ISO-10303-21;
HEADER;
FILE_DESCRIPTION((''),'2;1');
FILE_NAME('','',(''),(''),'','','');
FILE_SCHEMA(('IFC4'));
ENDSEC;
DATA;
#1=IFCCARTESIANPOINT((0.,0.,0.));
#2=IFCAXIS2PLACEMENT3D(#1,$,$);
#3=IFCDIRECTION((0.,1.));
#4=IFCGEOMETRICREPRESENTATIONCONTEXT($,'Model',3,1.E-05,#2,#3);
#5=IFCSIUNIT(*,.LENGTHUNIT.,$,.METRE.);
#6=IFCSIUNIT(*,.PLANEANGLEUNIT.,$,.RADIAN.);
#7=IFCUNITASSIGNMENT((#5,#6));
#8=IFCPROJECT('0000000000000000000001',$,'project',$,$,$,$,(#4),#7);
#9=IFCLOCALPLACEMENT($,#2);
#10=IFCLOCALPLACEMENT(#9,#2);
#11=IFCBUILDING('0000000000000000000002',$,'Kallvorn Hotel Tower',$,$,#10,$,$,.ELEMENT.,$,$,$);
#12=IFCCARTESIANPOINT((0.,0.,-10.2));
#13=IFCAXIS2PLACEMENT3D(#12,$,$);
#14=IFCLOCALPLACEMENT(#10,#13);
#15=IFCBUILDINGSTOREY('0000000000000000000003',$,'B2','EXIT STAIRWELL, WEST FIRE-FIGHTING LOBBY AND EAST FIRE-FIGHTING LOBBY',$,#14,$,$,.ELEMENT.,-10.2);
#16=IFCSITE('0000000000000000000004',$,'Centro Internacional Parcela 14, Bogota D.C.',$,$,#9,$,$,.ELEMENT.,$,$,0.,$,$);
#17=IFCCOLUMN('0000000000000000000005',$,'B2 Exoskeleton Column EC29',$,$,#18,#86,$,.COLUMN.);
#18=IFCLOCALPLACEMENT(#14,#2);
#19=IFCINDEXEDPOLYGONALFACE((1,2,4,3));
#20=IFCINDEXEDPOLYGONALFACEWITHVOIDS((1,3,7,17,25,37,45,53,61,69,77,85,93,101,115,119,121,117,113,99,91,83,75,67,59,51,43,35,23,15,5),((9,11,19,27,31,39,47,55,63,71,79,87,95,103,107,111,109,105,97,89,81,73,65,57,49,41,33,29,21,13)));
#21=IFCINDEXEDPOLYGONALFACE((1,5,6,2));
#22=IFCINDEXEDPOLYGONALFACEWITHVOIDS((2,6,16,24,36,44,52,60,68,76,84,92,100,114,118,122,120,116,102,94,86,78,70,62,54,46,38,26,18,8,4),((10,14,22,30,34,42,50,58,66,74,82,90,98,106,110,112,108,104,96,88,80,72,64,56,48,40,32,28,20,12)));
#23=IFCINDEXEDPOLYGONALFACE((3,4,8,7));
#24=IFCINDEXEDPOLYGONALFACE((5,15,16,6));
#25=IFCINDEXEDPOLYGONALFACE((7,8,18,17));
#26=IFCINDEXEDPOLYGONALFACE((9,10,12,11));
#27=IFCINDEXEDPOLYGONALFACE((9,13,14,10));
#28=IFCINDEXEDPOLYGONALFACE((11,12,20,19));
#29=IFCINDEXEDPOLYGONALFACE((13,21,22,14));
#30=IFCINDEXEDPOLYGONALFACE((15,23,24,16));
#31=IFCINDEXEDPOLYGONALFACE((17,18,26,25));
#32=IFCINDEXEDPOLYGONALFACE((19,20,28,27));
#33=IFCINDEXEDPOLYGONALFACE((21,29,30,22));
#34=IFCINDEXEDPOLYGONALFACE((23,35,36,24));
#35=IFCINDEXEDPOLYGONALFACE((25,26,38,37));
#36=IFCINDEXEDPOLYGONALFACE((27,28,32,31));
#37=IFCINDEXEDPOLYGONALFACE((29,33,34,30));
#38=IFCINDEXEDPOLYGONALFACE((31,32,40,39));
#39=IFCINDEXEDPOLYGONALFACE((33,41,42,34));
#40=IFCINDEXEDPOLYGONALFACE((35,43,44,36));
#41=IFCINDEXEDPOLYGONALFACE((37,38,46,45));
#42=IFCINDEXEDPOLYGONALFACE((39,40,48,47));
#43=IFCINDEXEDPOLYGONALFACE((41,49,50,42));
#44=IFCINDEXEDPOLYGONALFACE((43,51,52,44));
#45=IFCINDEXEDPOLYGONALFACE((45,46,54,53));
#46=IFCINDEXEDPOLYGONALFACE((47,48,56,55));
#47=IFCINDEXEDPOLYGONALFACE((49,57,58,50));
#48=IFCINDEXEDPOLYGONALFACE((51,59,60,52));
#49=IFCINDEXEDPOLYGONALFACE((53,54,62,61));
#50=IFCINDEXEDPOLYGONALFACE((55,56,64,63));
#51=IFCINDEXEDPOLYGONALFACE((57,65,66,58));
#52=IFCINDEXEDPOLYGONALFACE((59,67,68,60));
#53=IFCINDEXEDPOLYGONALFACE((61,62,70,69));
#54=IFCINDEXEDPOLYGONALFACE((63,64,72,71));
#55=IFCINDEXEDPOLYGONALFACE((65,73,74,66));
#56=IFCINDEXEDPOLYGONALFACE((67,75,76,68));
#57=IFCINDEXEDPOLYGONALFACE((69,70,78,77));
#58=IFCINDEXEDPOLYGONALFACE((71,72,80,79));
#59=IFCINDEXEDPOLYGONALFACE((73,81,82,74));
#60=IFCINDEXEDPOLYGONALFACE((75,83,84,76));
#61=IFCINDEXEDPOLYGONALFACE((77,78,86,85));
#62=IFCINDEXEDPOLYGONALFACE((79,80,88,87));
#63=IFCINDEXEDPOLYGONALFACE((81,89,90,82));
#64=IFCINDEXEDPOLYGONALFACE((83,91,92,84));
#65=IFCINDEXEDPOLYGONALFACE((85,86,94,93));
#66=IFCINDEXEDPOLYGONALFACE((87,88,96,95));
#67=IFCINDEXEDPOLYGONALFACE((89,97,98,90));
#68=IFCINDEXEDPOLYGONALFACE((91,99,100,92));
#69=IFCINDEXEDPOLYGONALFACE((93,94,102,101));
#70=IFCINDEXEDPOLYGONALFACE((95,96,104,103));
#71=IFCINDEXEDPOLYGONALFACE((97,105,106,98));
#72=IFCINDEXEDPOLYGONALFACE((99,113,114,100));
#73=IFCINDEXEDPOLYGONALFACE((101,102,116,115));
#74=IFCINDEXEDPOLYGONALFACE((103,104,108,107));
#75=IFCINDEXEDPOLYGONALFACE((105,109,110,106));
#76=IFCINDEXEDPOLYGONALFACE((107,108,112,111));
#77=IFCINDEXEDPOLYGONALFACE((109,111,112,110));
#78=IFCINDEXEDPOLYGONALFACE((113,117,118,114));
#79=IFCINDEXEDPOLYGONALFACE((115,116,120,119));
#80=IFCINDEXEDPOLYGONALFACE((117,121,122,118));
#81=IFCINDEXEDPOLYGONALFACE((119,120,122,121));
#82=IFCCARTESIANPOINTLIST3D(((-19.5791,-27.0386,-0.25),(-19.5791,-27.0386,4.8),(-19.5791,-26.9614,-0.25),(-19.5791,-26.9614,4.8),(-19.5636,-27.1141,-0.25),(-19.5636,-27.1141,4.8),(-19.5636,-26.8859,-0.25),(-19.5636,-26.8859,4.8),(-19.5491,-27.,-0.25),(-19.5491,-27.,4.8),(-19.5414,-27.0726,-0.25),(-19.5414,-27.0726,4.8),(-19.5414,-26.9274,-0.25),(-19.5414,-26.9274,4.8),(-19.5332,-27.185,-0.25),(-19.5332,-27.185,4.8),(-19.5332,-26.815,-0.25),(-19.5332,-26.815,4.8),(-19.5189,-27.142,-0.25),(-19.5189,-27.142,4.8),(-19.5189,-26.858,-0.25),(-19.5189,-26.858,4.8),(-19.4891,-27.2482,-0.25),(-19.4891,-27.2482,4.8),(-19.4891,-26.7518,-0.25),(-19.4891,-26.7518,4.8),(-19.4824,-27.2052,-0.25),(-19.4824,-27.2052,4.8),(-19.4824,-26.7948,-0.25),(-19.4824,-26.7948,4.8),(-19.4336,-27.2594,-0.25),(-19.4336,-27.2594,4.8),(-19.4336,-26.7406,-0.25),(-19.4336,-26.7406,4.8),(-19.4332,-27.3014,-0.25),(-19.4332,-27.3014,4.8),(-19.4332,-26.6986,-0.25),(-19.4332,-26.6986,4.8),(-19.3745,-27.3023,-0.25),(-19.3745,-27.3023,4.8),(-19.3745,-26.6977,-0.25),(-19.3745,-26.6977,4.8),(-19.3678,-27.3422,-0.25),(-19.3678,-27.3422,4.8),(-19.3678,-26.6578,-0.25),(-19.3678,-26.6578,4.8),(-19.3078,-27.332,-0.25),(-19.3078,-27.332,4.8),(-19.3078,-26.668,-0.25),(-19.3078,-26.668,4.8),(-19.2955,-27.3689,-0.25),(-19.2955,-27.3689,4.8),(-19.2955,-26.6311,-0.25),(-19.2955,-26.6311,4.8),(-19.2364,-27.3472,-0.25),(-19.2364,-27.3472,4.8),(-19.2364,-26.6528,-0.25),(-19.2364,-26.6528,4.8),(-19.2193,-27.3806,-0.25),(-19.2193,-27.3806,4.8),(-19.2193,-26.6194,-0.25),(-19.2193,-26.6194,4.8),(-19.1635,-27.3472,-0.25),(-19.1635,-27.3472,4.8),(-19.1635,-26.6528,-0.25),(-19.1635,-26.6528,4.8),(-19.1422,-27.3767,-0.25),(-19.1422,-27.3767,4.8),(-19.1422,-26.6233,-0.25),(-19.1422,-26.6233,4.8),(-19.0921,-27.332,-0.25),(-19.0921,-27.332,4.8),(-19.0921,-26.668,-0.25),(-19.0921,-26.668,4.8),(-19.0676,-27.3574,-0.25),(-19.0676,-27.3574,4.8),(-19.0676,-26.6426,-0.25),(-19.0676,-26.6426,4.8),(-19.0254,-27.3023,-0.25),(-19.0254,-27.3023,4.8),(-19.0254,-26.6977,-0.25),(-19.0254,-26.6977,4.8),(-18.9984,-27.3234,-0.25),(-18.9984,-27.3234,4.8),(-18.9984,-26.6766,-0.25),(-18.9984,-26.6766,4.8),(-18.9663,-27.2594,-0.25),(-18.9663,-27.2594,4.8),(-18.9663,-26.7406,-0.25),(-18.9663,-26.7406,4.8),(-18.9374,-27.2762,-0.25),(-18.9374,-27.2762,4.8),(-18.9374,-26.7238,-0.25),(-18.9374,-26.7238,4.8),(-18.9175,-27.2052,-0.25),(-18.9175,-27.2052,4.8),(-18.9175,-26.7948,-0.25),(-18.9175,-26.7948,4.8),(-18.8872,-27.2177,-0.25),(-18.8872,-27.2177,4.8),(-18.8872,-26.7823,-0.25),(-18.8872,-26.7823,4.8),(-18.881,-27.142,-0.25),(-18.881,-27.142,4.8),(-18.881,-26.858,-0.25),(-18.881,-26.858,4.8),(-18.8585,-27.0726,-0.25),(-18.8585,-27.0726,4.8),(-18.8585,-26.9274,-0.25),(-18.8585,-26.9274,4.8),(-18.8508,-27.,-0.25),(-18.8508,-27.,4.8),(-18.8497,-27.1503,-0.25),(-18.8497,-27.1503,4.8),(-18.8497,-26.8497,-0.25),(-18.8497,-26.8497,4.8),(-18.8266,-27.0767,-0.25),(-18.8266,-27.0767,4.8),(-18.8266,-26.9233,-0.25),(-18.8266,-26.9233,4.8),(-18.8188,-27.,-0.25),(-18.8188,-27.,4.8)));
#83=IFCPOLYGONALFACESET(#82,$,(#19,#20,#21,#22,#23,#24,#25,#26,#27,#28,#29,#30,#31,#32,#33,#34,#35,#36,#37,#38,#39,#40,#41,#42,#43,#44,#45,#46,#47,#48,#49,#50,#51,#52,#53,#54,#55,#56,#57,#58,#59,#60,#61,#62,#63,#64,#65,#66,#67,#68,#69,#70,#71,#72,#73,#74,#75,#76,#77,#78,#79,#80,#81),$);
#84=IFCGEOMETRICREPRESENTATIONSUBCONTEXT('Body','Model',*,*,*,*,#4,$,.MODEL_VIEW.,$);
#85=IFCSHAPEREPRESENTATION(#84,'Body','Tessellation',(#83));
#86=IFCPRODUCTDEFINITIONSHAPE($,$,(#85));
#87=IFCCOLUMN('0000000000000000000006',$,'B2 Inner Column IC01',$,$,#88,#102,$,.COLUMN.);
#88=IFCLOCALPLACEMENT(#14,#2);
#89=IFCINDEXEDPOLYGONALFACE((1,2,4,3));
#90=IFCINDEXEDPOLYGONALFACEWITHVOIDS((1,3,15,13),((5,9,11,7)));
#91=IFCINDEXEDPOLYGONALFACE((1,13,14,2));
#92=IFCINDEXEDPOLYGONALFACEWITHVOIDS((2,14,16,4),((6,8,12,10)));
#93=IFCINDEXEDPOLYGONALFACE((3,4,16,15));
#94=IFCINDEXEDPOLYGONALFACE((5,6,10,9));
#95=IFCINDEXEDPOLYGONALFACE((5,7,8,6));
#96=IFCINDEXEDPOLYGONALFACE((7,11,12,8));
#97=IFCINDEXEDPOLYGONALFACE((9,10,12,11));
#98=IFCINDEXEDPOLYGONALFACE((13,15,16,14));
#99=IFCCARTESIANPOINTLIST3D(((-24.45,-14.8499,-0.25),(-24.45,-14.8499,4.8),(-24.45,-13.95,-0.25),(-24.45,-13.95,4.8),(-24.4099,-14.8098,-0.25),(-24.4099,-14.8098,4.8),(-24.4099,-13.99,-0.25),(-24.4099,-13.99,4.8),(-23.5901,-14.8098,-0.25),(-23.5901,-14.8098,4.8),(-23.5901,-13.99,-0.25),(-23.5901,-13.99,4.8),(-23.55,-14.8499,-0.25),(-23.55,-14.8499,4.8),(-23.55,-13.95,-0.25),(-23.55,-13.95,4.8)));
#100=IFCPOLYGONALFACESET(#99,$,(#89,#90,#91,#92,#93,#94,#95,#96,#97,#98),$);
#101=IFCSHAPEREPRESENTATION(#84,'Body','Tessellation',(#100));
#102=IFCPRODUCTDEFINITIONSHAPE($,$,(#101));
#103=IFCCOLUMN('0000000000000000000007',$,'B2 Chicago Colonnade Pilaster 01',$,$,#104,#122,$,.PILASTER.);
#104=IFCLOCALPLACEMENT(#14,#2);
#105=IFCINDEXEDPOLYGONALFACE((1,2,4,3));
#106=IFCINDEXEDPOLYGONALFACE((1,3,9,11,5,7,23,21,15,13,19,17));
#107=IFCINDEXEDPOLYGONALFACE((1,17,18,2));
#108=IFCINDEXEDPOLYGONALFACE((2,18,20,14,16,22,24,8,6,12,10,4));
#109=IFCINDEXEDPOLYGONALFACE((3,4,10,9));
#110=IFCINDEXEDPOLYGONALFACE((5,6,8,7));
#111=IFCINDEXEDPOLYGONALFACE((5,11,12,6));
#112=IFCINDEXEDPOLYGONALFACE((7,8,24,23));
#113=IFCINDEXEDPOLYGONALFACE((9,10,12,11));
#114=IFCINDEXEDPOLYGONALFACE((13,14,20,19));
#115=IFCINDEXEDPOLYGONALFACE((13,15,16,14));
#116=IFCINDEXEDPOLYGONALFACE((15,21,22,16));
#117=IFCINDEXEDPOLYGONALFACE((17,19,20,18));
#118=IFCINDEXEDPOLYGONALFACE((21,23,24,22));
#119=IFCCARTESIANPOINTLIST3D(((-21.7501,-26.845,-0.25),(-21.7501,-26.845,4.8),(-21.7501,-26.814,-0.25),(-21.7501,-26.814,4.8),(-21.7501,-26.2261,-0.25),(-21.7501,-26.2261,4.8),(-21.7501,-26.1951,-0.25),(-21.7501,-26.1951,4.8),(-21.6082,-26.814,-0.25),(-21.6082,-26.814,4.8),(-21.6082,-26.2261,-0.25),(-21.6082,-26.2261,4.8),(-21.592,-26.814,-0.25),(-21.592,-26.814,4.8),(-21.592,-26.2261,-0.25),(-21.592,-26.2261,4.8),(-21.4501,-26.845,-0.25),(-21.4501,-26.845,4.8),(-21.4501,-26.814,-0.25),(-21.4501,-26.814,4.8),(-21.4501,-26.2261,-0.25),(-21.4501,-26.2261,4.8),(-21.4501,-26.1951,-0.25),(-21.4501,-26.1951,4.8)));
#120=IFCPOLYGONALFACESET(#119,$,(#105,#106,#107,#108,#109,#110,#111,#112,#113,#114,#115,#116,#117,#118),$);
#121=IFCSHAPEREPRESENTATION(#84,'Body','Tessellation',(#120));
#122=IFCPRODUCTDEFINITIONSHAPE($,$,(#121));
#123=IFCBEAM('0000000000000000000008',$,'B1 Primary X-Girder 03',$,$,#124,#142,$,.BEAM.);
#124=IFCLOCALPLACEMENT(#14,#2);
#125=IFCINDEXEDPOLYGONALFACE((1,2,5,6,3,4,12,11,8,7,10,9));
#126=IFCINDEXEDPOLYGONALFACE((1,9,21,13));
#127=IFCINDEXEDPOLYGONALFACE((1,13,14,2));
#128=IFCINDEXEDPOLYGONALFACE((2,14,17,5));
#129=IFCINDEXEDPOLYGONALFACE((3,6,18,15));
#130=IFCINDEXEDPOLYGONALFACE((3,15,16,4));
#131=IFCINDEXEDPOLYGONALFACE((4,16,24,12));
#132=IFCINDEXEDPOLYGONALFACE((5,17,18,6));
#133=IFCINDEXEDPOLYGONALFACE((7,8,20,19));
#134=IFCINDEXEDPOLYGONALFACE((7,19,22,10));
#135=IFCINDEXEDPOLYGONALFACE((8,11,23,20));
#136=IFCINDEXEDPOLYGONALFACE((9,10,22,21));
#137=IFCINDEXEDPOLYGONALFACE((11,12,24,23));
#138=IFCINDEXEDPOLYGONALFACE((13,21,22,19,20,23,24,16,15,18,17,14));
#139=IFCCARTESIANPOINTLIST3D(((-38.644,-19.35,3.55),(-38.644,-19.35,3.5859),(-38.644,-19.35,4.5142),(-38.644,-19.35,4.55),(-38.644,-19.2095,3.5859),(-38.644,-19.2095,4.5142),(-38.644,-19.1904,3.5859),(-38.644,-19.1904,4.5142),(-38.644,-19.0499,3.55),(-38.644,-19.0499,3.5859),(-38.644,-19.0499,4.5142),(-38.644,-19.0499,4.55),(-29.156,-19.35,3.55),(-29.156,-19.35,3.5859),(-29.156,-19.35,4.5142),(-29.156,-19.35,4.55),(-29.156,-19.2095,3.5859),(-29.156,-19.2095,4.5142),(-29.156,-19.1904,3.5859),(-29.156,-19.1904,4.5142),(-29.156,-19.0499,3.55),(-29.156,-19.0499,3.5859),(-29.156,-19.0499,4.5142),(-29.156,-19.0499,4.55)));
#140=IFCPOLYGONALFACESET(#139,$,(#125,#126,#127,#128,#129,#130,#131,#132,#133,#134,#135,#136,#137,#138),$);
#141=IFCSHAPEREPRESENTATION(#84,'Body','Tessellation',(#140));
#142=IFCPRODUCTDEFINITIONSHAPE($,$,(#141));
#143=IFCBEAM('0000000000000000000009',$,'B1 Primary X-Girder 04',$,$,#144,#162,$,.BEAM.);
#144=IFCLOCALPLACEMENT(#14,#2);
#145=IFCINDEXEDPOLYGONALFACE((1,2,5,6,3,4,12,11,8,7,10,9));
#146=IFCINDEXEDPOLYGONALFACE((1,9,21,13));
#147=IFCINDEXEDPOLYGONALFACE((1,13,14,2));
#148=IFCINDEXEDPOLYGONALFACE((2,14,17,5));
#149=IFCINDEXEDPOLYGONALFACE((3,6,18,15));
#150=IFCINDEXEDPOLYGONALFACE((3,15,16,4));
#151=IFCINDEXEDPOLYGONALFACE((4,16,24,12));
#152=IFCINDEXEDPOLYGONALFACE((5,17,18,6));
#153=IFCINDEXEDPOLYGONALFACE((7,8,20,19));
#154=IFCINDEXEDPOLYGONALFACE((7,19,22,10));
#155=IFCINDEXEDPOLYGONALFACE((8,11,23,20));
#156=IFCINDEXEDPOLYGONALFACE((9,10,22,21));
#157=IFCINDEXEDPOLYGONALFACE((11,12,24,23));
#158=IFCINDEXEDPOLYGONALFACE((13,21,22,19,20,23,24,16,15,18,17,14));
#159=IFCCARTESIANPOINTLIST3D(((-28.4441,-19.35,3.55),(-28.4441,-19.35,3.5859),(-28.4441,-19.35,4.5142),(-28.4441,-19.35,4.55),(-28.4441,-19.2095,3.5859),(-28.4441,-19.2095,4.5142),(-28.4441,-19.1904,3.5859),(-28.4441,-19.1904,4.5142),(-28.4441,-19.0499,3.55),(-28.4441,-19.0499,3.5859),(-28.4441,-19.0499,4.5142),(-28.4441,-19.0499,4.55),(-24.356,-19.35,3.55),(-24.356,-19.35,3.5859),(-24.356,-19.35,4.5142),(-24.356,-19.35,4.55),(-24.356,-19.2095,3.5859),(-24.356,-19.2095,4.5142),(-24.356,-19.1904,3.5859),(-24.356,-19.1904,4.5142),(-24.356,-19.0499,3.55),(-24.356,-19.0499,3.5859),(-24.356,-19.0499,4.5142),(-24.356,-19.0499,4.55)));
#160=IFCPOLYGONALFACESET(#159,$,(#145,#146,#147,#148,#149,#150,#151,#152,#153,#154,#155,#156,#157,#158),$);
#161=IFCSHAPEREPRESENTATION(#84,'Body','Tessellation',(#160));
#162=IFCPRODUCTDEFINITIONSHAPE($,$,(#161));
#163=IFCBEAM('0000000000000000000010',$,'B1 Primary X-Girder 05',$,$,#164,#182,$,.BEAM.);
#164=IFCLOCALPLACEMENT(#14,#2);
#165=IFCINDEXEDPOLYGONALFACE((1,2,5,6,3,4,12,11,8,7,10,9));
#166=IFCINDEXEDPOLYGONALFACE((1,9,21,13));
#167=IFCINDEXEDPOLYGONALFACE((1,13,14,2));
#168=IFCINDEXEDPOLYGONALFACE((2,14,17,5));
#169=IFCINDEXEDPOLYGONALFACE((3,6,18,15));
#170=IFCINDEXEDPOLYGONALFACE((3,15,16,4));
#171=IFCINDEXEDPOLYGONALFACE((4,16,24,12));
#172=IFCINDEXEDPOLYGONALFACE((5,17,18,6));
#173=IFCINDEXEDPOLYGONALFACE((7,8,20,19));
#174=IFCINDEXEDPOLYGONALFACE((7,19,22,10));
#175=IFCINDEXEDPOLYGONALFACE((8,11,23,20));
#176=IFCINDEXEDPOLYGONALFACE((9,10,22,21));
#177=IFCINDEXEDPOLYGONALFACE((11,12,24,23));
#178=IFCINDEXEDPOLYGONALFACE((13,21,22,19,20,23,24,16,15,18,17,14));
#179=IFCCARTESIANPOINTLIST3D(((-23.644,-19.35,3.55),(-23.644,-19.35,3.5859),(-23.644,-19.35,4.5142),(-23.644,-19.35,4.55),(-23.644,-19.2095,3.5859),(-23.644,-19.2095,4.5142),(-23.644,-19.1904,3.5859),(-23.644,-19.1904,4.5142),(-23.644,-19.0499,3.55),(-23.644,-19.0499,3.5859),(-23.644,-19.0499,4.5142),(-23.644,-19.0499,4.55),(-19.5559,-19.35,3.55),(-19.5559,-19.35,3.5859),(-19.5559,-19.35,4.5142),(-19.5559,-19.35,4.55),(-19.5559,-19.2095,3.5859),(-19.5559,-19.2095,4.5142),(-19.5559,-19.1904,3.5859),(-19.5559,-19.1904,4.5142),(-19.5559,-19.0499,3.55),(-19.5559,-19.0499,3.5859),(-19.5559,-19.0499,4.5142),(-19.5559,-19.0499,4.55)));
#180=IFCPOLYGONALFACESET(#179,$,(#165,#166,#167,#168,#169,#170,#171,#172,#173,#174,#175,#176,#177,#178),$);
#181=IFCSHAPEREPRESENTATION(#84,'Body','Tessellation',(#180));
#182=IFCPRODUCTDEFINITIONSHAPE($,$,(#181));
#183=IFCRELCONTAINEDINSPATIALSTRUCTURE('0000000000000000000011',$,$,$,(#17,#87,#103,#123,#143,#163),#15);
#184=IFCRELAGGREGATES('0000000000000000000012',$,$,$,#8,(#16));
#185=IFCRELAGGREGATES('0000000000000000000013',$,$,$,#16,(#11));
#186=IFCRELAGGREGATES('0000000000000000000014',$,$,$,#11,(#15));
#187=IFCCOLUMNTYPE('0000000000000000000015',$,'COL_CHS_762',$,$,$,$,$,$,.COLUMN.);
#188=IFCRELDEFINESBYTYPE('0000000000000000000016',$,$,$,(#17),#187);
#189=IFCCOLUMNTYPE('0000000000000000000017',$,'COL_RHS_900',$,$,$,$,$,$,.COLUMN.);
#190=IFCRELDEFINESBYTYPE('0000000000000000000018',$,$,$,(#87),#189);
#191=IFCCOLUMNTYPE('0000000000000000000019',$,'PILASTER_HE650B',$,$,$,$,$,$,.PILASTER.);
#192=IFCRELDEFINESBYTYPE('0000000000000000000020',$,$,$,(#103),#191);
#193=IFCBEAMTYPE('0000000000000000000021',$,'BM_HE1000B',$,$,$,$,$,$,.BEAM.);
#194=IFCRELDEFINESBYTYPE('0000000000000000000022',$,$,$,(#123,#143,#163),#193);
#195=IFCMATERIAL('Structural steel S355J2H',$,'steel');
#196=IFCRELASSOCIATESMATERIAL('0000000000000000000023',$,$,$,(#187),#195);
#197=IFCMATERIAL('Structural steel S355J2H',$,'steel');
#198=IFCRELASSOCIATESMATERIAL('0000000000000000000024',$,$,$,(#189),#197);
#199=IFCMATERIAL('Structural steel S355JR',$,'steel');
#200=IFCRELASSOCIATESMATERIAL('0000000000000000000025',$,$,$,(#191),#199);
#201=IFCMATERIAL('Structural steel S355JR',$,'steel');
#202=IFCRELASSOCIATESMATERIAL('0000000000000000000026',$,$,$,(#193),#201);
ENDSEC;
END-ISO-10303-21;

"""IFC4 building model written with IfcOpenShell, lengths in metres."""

from ifc_helpers import new_model, si_unit, direction, frame, origin, origin_2d, place, context, subcontext, project, spatial, hollow_rectangle, hollow_circle, i_section, extrude, material, material_profile, profile_set, type_object, element, save


model = new_model("IFC4")

# Units and contexts
model_context = context("Model", 3, precision=1e-05, world=origin(), true_north=direction((0.0, 1.0)))
body_context = subcontext(model_context, "Body", "Model", "MODEL_VIEW")
ifc_project = project(units=[si_unit("LENGTHUNIT", "METRE"), si_unit("PLANEANGLEUNIT", "RADIAN")], contexts=[model_context])

# Site, building, storey
site_placement = place(None, origin())
site = spatial("IfcSite", under=ifc_project, at=site_placement, Name="Centro Internacional Parcela 14, Bogota D.C.", CompositionType="ELEMENT", RefElevation=0.0)
building_placement = place(site_placement, origin())
building = spatial("IfcBuilding", under=site, at=building_placement, Name="Kallvorn Hotel Tower", CompositionType="ELEMENT")
storey_placement = place(building_placement, frame((0.0, 0.0, -10.2)))
storey = spatial("IfcBuildingStorey", under=building, at=storey_placement, Name="B2", Description="EXIT STAIRWELL, WEST FIRE-FIGHTING LOBBY AND EAST FIRE-FIGHTING LOBBY", CompositionType="ELEMENT", Elevation=-10.2)

# Columns
ifc_material_1 = material(Name="Structural steel S355J2H", Category="steel")
ifc_material_profile_1 = material_profile(ifc_material_1, hollow_circle(Radius=0.3811, WallThickness=0.032, at=origin_2d()), Name="CHS 762x32")
ifc_profile_set_1 = profile_set([ifc_material_profile_1], Name="Structural steel S355J2H")
column_type_1 = type_object("IfcColumnType", Name="COL_CHS_762", PredefinedType="COLUMN", material=ifc_profile_set_1)
for number, where, z_axis, x_axis, name in (
    (1, (-19.2, -27.0, -0.25), (0.0, 0.0, 1.0), (1.0, 0.0, 0.0), "B2 Exoskeleton Column EC29"),
):
    element("IfcColumn", number, at=place(storey_placement, frame(where, z_axis=z_axis, x_axis=x_axis)), inside=storey, type_object=column_type_1, Name=name, PredefinedType="COLUMN", context=body_context, shape_type="SweptSolid", body=[
        extrude(hollow_circle(Radius=0.3811, WallThickness=0.032, at=origin_2d()), origin(), (0.0, 0.0, 1.0), 5.05),
    ])
ifc_material_2 = material(Name="Structural steel S355J2H", Category="steel")
ifc_material_profile_2 = material_profile(ifc_material_2, hollow_rectangle(XDim=0.8999, YDim=0.8999, WallThickness=0.04, at=origin_2d()), Name="RHS 900x900x40")
ifc_profile_set_2 = profile_set([ifc_material_profile_2], Name="Structural steel S355J2H")
column_type_2 = type_object("IfcColumnType", Name="COL_RHS_900", PredefinedType="COLUMN", material=ifc_profile_set_2)
column_1_placement = place(storey_placement, frame((-24.0, -14.3999, -0.25), z_axis=(0.0, 0.0, 1.0), x_axis=(1.0, 0.0, 0.0)))
element("IfcColumn", 2, at=column_1_placement, inside=storey, type_object=column_type_2, Name="B2 Inner Column IC01", PredefinedType="COLUMN", context=body_context, shape_type="SweptSolid", body=[
    extrude(hollow_rectangle(XDim=0.8999, YDim=0.8999, WallThickness=0.04, at=origin_2d()), origin(), (0.0, 0.0, 1.0), 5.05),
])
ifc_material_3 = material(Name="Structural steel S355JR", Category="steel")
ifc_material_profile_3 = material_profile(ifc_material_3, i_section(OverallWidth=0.3, OverallDepth=0.6499, WebThickness=0.0161, FlangeThickness=0.031, at=origin_2d()), Name="HE 650 B")
ifc_profile_set_3 = profile_set([ifc_material_profile_3], Name="Structural steel S355JR")
column_type_3 = type_object("IfcColumnType", Name="PILASTER_HE650B", PredefinedType="PILASTER", material=ifc_profile_set_3)
column_2_placement = place(storey_placement, frame((-21.6001, -26.52, -0.25), z_axis=(0.0, 0.0, 1.0), x_axis=(1.0, 0.0, 0.0)))
element("IfcColumn", 3, at=column_2_placement, inside=storey, type_object=column_type_3, Name="B2 Chicago Colonnade Pilaster 01", PredefinedType="PILASTER", context=body_context, shape_type="SweptSolid", body=[
    extrude(i_section(OverallWidth=0.3, OverallDepth=0.6499, WebThickness=0.0161, FlangeThickness=0.031, at=origin_2d()), origin(), (0.0, 0.0, 1.0), 5.05),
])

# Beams
ifc_material_4 = material(Name="Structural steel S355JR", Category="steel")
ifc_material_profile_4 = material_profile(ifc_material_4, i_section(OverallWidth=0.3, OverallDepth=1.0, WebThickness=0.019, FlangeThickness=0.0359, at=origin_2d()), Name="HE 1000 B")
ifc_profile_set_4 = profile_set([ifc_material_profile_4], Name="Structural steel S355JR")
beam_type_1 = type_object("IfcBeamType", Name="BM_HE1000B", PredefinedType="BEAM", material=ifc_profile_set_4)
beam_1_placement = place(storey_placement, frame((-38.644, -19.2, 4.05), z_axis=(1.0, 0.0, 0.0), x_axis=(0.0, 1.0, 0.0)))
element("IfcBeam", 4, at=beam_1_placement, inside=storey, type_object=beam_type_1, Name="B1 Primary X-Girder 03", PredefinedType="BEAM", context=body_context, shape_type="SweptSolid", body=[
    extrude(i_section(OverallWidth=0.3, OverallDepth=1.0, WebThickness=0.019, FlangeThickness=0.0359, at=origin_2d()), origin(), (0.0, 0.0, 1.0), 9.488),
])
for number, where, z_axis, x_axis, name in (
    (5, (-28.4441, -19.2, 4.05), (1.0, 0.0, 0.0), (0.0, 1.0, 0.0), "B1 Primary X-Girder 04"),
    (6, (-23.644, -19.2, 4.05), (1.0, 0.0, 0.0), (0.0, 1.0, 0.0), "B1 Primary X-Girder 05"),
):
    element("IfcBeam", number, at=place(storey_placement, frame(where, z_axis=z_axis, x_axis=x_axis)), inside=storey, type_object=beam_type_1, Name=name, PredefinedType="BEAM", context=body_context, shape_type="SweptSolid", body=[
        extrude(i_section(OverallWidth=0.3, OverallDepth=1.0, WebThickness=0.019, FlangeThickness=0.0359, at=origin_2d()), origin(), (0.0, 0.0, 1.0), 4.0881),
    ])

save(model, "model.ifc")
